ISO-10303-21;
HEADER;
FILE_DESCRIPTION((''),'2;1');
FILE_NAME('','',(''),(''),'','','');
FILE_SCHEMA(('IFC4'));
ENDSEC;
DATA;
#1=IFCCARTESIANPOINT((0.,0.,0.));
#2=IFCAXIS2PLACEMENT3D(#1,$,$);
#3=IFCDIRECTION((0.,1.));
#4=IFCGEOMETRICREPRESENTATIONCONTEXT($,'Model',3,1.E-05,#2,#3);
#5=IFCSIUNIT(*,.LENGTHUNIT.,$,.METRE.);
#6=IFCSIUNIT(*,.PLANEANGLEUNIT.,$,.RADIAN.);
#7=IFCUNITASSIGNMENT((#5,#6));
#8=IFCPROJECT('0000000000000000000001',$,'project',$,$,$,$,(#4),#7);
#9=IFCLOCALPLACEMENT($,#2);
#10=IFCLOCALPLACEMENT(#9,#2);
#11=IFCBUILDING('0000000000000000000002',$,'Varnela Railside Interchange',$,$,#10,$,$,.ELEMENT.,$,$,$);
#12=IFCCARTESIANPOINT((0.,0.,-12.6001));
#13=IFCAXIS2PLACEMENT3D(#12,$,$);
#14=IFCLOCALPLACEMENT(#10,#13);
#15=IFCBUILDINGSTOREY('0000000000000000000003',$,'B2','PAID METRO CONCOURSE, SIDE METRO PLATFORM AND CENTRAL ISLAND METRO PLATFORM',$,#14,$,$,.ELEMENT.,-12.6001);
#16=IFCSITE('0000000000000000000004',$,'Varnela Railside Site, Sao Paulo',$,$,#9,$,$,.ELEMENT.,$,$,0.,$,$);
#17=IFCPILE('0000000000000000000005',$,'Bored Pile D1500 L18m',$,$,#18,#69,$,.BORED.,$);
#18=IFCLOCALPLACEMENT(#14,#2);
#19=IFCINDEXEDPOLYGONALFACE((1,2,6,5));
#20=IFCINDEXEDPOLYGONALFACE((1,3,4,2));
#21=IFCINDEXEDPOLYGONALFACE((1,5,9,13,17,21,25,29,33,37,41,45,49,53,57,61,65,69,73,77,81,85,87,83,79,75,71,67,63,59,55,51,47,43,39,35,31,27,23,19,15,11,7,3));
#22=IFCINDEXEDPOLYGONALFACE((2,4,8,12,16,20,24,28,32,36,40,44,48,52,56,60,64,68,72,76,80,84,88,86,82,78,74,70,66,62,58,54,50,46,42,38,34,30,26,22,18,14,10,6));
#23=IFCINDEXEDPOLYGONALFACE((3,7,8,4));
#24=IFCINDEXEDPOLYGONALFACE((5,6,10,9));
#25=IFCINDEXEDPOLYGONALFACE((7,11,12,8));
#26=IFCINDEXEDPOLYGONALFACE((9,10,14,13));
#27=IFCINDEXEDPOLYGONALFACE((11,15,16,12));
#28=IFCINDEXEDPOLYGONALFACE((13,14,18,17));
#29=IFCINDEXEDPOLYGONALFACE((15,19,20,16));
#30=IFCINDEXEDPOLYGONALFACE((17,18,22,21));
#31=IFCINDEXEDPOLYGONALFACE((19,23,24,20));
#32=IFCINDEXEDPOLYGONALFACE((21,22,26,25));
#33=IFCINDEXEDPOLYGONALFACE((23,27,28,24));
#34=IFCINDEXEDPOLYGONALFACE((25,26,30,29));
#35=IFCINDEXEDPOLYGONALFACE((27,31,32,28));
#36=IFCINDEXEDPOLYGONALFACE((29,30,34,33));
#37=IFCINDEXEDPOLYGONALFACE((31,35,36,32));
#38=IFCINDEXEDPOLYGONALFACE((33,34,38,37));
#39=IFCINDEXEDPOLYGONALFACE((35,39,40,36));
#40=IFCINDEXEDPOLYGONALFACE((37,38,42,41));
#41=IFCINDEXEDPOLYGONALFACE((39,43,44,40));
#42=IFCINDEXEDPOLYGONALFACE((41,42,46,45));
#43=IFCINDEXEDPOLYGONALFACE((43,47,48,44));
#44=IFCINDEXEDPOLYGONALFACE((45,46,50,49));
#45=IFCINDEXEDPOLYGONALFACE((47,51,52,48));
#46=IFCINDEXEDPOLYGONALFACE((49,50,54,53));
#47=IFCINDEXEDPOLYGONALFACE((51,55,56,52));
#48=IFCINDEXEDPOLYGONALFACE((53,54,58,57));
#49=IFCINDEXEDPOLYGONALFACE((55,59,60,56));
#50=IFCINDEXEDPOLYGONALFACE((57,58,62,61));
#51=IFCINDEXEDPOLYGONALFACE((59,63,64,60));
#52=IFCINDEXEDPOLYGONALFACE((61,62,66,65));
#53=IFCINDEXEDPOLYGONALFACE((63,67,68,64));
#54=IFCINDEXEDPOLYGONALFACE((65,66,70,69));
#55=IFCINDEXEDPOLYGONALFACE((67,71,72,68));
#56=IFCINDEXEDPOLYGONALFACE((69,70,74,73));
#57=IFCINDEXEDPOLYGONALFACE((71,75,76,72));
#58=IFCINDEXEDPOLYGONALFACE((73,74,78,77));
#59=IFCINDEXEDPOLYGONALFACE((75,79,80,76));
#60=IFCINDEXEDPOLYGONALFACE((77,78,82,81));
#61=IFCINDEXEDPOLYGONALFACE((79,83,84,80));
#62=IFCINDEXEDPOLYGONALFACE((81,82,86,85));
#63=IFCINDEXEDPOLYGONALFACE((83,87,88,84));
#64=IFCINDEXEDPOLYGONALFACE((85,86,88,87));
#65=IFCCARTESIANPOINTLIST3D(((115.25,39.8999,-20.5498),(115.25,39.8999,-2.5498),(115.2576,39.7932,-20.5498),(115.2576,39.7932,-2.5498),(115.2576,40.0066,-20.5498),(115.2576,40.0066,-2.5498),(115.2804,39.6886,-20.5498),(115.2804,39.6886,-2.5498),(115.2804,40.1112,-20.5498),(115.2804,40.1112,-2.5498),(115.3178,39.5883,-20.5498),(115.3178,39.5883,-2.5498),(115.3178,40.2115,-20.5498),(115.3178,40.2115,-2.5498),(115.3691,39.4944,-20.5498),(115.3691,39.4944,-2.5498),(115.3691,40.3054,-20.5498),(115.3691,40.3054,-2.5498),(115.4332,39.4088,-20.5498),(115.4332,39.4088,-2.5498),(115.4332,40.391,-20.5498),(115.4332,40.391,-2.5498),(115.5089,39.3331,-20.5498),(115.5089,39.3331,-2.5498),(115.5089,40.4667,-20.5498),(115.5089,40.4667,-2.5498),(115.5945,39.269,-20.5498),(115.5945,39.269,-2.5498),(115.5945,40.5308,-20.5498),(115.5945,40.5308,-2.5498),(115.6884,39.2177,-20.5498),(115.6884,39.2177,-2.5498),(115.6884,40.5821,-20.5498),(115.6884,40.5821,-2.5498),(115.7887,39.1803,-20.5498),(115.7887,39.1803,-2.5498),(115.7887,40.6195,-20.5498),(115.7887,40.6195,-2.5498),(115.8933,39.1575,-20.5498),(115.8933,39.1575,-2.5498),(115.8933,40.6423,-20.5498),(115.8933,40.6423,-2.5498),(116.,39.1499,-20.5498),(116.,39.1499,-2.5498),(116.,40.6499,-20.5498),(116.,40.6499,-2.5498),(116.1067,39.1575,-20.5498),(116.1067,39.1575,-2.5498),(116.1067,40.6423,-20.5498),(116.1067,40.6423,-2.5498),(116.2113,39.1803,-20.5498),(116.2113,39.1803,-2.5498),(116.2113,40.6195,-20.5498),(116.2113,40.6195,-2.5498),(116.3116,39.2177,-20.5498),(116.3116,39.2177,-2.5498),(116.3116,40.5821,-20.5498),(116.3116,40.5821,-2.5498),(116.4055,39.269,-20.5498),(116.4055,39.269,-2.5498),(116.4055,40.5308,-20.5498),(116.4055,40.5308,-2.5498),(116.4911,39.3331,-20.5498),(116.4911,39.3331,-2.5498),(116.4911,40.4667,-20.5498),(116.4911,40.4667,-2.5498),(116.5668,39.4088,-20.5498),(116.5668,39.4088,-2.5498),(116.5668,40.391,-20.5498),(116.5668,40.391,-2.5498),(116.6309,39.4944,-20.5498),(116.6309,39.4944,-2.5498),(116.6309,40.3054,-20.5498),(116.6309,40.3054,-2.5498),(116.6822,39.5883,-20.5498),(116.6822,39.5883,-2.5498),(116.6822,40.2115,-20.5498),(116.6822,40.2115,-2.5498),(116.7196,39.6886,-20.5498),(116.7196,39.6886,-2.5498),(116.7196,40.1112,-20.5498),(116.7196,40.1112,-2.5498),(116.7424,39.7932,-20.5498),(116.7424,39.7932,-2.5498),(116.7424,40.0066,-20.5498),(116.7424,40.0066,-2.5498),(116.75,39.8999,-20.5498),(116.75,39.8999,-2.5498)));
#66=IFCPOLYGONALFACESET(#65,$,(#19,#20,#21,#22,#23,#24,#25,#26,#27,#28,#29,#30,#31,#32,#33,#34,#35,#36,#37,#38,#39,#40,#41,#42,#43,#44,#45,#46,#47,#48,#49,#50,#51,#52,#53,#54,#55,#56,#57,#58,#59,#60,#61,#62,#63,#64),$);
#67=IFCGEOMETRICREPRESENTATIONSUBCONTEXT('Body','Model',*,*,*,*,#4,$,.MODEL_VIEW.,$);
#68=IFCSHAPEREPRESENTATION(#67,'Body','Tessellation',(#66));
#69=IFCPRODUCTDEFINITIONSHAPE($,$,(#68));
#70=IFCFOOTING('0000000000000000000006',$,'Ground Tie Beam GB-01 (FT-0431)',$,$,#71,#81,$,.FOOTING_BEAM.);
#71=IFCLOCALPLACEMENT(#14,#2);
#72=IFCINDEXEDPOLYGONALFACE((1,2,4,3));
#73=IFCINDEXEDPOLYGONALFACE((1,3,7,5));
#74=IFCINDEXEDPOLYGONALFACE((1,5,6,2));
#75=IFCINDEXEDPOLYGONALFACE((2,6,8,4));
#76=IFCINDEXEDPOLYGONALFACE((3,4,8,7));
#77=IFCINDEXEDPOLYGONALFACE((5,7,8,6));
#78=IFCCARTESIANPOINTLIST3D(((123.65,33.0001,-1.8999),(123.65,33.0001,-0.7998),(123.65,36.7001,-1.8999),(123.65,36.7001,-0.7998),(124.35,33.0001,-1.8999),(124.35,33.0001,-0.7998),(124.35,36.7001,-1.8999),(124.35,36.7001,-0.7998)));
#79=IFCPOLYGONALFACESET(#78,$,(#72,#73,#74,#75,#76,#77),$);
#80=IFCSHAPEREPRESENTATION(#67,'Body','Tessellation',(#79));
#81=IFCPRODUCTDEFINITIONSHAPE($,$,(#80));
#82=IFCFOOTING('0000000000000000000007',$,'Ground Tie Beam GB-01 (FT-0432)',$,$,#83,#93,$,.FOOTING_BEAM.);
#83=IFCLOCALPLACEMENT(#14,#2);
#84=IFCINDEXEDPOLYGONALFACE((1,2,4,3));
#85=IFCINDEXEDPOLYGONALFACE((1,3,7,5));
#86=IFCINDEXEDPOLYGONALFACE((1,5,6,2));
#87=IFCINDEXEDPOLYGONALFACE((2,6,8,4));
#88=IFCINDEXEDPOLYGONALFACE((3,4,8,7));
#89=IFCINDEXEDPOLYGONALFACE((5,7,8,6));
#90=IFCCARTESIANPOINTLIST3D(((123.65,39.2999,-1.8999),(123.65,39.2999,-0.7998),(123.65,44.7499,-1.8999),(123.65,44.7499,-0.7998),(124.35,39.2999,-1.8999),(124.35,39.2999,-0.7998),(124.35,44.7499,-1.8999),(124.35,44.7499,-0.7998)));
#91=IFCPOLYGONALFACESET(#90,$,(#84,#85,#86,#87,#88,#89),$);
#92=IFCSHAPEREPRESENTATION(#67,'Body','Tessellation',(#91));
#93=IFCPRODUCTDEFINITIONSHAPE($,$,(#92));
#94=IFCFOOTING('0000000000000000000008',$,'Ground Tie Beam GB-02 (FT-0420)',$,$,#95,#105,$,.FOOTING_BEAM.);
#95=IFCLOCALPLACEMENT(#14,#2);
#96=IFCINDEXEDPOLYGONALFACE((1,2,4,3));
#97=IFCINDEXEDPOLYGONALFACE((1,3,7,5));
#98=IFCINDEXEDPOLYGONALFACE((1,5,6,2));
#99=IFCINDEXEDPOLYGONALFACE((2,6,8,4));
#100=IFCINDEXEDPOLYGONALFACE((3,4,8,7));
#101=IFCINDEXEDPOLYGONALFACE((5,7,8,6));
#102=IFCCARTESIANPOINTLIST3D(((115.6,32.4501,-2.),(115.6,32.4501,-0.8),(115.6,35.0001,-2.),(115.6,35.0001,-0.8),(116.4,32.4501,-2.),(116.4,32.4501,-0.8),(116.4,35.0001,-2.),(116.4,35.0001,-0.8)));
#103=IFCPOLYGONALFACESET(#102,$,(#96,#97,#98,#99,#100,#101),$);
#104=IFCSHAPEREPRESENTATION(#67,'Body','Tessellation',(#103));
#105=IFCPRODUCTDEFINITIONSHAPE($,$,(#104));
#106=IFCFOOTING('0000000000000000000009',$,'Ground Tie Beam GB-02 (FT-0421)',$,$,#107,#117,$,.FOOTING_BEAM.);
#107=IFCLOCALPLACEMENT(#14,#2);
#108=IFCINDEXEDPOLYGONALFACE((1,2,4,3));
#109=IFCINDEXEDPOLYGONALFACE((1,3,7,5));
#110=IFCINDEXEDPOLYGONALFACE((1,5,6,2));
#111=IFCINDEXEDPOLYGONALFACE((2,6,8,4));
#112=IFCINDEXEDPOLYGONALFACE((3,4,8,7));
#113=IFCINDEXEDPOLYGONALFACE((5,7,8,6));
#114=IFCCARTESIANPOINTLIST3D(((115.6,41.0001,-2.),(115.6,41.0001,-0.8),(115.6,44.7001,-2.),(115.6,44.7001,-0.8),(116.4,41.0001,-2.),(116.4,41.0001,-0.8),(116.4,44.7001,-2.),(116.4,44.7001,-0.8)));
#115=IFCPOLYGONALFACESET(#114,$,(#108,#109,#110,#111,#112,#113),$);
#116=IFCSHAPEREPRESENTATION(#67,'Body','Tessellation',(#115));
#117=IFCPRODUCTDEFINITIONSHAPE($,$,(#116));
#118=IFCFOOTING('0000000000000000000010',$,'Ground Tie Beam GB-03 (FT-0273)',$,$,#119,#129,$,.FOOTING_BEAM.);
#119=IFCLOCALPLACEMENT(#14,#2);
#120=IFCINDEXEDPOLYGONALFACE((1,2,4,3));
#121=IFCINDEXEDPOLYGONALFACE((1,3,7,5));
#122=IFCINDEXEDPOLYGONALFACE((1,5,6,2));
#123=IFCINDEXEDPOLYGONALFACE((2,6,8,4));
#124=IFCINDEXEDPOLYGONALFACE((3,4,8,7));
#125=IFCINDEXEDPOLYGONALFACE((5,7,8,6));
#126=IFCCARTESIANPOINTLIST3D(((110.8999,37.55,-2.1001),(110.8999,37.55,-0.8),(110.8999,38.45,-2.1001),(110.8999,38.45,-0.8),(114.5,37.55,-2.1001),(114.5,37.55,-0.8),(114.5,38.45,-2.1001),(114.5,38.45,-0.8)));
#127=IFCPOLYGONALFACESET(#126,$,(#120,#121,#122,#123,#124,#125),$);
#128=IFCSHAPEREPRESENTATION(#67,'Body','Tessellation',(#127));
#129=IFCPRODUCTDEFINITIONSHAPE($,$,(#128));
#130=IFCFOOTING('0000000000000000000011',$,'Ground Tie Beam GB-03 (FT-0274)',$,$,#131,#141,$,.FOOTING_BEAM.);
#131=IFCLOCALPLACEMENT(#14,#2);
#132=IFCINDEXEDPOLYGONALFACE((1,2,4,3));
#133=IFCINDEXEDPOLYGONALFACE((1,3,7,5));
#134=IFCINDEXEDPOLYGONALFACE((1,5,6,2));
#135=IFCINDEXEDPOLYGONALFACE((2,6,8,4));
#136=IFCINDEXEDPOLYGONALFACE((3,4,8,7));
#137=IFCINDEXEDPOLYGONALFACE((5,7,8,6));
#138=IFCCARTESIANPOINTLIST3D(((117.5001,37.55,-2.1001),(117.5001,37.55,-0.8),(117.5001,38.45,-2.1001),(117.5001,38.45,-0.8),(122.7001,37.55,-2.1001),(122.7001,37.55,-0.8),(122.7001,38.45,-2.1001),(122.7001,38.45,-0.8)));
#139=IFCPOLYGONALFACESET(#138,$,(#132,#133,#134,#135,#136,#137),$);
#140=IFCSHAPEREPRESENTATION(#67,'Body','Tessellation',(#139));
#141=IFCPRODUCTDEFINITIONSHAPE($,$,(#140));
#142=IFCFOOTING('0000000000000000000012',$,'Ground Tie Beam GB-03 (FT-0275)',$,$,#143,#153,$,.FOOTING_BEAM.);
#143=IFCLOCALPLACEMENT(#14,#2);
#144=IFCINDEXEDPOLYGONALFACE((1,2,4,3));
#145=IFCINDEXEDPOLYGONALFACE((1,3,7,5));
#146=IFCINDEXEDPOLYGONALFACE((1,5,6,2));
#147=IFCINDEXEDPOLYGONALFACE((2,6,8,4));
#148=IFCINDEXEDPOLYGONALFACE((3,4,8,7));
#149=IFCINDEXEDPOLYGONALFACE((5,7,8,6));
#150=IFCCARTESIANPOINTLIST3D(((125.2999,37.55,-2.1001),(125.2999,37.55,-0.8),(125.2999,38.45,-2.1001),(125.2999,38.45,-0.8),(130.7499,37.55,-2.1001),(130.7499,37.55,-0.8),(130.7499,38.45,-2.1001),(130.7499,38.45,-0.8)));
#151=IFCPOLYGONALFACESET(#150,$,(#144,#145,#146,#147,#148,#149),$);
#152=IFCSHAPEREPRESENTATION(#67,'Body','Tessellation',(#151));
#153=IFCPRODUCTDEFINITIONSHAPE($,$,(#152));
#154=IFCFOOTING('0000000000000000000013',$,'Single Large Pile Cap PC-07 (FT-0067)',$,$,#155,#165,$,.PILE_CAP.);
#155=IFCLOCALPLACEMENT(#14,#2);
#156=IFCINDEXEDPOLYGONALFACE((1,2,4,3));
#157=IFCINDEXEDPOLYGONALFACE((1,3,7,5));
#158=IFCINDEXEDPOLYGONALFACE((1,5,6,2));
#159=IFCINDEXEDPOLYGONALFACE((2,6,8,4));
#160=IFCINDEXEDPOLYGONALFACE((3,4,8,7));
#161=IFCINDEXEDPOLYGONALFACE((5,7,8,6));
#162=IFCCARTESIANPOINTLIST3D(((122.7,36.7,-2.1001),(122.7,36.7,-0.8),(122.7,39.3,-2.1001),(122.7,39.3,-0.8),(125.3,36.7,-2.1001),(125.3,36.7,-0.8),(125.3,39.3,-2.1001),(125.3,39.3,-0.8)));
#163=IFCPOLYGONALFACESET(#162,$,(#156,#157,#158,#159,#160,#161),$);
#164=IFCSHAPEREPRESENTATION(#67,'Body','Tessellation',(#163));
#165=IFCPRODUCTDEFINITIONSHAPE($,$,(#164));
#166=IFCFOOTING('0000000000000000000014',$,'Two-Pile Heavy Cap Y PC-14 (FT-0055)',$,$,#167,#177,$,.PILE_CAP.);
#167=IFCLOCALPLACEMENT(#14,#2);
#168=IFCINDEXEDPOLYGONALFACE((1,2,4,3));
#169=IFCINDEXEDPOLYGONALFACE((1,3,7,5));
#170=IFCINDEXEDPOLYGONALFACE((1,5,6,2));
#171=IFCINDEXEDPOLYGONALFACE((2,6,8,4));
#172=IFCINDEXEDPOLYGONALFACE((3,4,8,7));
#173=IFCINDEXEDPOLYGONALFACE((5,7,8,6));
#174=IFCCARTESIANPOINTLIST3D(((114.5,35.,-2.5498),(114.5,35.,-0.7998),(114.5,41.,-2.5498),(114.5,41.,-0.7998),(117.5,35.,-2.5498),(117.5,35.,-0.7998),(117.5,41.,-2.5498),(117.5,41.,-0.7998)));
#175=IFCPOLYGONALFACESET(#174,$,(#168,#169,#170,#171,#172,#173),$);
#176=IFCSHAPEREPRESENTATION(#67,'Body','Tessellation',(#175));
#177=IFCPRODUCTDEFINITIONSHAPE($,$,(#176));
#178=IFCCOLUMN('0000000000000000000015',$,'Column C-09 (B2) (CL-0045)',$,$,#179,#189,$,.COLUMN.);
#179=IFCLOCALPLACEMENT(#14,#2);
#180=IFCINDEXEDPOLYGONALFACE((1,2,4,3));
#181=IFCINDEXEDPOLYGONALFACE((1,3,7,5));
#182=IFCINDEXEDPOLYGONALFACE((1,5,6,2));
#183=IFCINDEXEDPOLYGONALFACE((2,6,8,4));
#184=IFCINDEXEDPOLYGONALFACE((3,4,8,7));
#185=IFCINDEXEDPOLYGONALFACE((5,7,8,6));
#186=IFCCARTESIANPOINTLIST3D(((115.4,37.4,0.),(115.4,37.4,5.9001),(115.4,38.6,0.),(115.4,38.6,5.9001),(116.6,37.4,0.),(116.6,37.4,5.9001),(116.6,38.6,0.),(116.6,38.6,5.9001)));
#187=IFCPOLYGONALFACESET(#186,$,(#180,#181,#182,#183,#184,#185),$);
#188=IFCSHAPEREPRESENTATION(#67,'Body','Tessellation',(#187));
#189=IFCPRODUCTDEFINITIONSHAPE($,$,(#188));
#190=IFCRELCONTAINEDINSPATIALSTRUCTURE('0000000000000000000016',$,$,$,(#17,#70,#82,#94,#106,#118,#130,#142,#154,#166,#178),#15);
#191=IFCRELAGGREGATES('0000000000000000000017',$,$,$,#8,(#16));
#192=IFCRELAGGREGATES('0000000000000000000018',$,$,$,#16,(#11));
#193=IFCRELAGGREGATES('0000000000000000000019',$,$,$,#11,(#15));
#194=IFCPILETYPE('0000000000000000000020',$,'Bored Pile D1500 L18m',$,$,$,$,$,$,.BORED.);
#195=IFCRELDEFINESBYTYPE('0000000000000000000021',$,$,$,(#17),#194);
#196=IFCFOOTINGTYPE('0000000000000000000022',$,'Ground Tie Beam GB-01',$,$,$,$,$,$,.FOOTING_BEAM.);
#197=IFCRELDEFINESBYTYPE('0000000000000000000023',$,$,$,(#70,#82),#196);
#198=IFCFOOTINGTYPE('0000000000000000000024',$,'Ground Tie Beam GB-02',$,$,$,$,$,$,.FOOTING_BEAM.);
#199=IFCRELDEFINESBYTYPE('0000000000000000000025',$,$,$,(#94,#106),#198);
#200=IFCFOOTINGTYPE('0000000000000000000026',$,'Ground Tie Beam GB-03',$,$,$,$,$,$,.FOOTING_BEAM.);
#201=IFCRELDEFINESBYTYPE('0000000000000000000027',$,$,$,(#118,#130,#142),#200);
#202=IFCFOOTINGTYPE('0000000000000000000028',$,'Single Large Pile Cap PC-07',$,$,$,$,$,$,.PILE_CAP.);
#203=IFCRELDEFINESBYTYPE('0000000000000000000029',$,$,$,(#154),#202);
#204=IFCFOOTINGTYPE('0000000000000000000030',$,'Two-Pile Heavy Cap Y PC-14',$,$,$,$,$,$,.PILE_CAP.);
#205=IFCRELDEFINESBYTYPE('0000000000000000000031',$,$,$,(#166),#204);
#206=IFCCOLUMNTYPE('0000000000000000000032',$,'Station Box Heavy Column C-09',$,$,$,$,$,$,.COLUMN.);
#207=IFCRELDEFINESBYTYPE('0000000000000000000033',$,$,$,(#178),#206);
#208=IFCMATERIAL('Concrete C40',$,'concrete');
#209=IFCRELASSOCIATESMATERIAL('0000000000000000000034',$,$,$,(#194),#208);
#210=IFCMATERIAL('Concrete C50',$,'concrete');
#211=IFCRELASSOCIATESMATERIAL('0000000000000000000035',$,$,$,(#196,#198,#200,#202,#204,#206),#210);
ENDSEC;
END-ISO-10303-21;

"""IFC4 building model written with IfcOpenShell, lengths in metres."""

from ifc_helpers import new_model, si_unit, direction, frame, origin, origin_2d, place, context, subcontext, project, spatial, rectangle, circle, extrude, material, material_profile, profile_set, type_object, element, save


model = new_model("IFC4")

# Units and contexts
model_context = context("Model", 3, precision=1e-05, world=origin(), true_north=direction((0.0, 1.0)))
body_context = subcontext(model_context, "Body", "Model", "MODEL_VIEW")
ifc_project = project(units=[si_unit("LENGTHUNIT", "METRE"), si_unit("PLANEANGLEUNIT", "RADIAN")], contexts=[model_context])

# Site, building, storey
site_placement = place(None, origin())
site = spatial("IfcSite", under=ifc_project, at=site_placement, Name="Varnela Railside Site, Sao Paulo", CompositionType="ELEMENT", RefElevation=0.0)
building_placement = place(site_placement, origin())
building = spatial("IfcBuilding", under=site, at=building_placement, Name="Varnela Railside Interchange", CompositionType="ELEMENT")
storey_placement = place(building_placement, frame((0.0, 0.0, -12.6001)))
storey = spatial("IfcBuildingStorey", under=building, at=storey_placement, Name="B2", Description="PAID METRO CONCOURSE, SIDE METRO PLATFORM AND CENTRAL ISLAND METRO PLATFORM", CompositionType="ELEMENT", Elevation=-12.6001)

# Pile
ifc_material_1 = material(Name="Concrete C40", Category="concrete")
ifc_material_profile_1 = material_profile(ifc_material_1, circle(Radius=0.75, at=origin_2d()), Name="BORED PILE D1500")
ifc_profile_set_1 = profile_set([ifc_material_profile_1], Name="Concrete C40")
pile_type_1 = type_object("IfcPileType", Name="Bored Pile D1500 L18m", PredefinedType="BORED", material=ifc_profile_set_1)
for number, where, z_axis, x_axis, name in (
    (1, (116.0, 39.8999, -2.5498), (0.0, 0.0, -1.0), (1.0, 0.0, 0.0), "Bored Pile D1500 L18m"),
):
    element("IfcPile", number, at=place(storey_placement, frame(where, z_axis=z_axis, x_axis=x_axis)), inside=storey, type_object=pile_type_1, Name=name, PredefinedType="BORED", context=body_context, shape_type="SweptSolid", body=[
        extrude(circle(Radius=0.75, at=origin_2d()), origin(), (0.0, 0.0, 1.0), 18.0),
    ])

# Footings
ifc_material_2 = material(Name="Concrete C50", Category="concrete")
footing_type_1 = type_object("IfcFootingType", Name="Ground Tie Beam GB-01", PredefinedType="FOOTING_BEAM", material=ifc_material_2)
footing_1_placement = place(storey_placement, frame((124.0, 34.8501, -1.8999), z_axis=(0.0, 0.0, 1.0), x_axis=(1.0, 0.0, 0.0)))
element("IfcFooting", 2, at=footing_1_placement, inside=storey, type_object=footing_type_1, Name="Ground Tie Beam GB-01 (FT-0431)", PredefinedType="FOOTING_BEAM", context=body_context, shape_type="SweptSolid", body=[
    extrude(rectangle(XDim=0.7, YDim=3.7, at=origin_2d()), origin(), (0.0, 0.0, 1.0), 1.1001),
])
footing_2_placement = place(storey_placement, frame((124.0, 42.0249, -1.8999), z_axis=(0.0, 0.0, 1.0), x_axis=(1.0, 0.0, 0.0)))
element("IfcFooting", 3, at=footing_2_placement, inside=storey, type_object=footing_type_1, Name="Ground Tie Beam GB-01 (FT-0432)", PredefinedType="FOOTING_BEAM", context=body_context, shape_type="SweptSolid", body=[
    extrude(rectangle(XDim=0.7, YDim=5.45, at=origin_2d()), origin(), (0.0, 0.0, 1.0), 1.1001),
])
footing_type_2 = type_object("IfcFootingType", Name="Ground Tie Beam GB-02", PredefinedType="FOOTING_BEAM", material=ifc_material_2)
footing_3_placement = place(storey_placement, frame((116.0, 33.7251, -2.0), z_axis=(0.0, 0.0, 1.0), x_axis=(1.0, 0.0, 0.0)))
element("IfcFooting", 4, at=footing_3_placement, inside=storey, type_object=footing_type_2, Name="Ground Tie Beam GB-02 (FT-0420)", PredefinedType="FOOTING_BEAM", context=body_context, shape_type="SweptSolid", body=[
    extrude(rectangle(XDim=0.8, YDim=2.55, at=origin_2d()), origin(), (0.0, 0.0, 1.0), 1.2),
])
footing_4_placement = place(storey_placement, frame((116.0, 42.8501, -2.0), z_axis=(0.0, 0.0, 1.0), x_axis=(1.0, 0.0, 0.0)))
element("IfcFooting", 5, at=footing_4_placement, inside=storey, type_object=footing_type_2, Name="Ground Tie Beam GB-02 (FT-0421)", PredefinedType="FOOTING_BEAM", context=body_context, shape_type="SweptSolid", body=[
    extrude(rectangle(XDim=0.8, YDim=3.7, at=origin_2d()), origin(), (0.0, 0.0, 1.0), 1.2),
])
footing_type_3 = type_object("IfcFootingType", Name="Ground Tie Beam GB-03", PredefinedType="FOOTING_BEAM", material=ifc_material_2)
footing_5_placement = place(storey_placement, frame((112.7, 38.0, -2.1001), z_axis=(0.0, 0.0, 1.0), x_axis=(1.0, 0.0, 0.0)))
element("IfcFooting", 6, at=footing_5_placement, inside=storey, type_object=footing_type_3, Name="Ground Tie Beam GB-03 (FT-0273)", PredefinedType="FOOTING_BEAM", context=body_context, shape_type="SweptSolid", body=[
    extrude(rectangle(XDim=3.6001, YDim=0.8999, at=origin_2d()), origin(), (0.0, 0.0, 1.0), 1.3),
])
footing_6_placement = place(storey_placement, frame((120.1001, 38.0, -2.1001), z_axis=(0.0, 0.0, 1.0), x_axis=(1.0, 0.0, 0.0)))
element("IfcFooting", 7, at=footing_6_placement, inside=storey, type_object=footing_type_3, Name="Ground Tie Beam GB-03 (FT-0274)", PredefinedType="FOOTING_BEAM", context=body_context, shape_type="SweptSolid", body=[
    extrude(rectangle(XDim=5.2, YDim=0.8999, at=origin_2d()), origin(), (0.0, 0.0, 1.0), 1.3),
])
footing_7_placement = place(storey_placement, frame((128.0249, 38.0, -2.1001), z_axis=(0.0, 0.0, 1.0), x_axis=(1.0, 0.0, 0.0)))
element("IfcFooting", 8, at=footing_7_placement, inside=storey, type_object=footing_type_3, Name="Ground Tie Beam GB-03 (FT-0275)", PredefinedType="FOOTING_BEAM", context=body_context, shape_type="SweptSolid", body=[
    extrude(rectangle(XDim=5.45, YDim=0.8999, at=origin_2d()), origin(), (0.0, 0.0, 1.0), 1.3),
])
footing_type_4 = type_object("IfcFootingType", Name="Single Large Pile Cap PC-07", PredefinedType="PILE_CAP", material=ifc_material_2)
footing_8_placement = place(storey_placement, frame((124.0, 38.0, -2.1001), z_axis=(0.0, 0.0, 1.0), x_axis=(1.0, 0.0, 0.0)))
element("IfcFooting", 9, at=footing_8_placement, inside=storey, type_object=footing_type_4, Name="Single Large Pile Cap PC-07 (FT-0067)", PredefinedType="PILE_CAP", context=body_context, shape_type="SweptSolid", body=[
    extrude(rectangle(XDim=2.6001, YDim=2.6001, at=origin_2d()), origin(), (0.0, 0.0, 1.0), 1.3),
])
footing_type_5 = type_object("IfcFootingType", Name="Two-Pile Heavy Cap Y PC-14", PredefinedType="PILE_CAP", material=ifc_material_2)
footing_9_placement = place(storey_placement, frame((116.0, 38.0, -2.5498), z_axis=(0.0, 0.0, 1.0), x_axis=(1.0, 0.0, 0.0)))
element("IfcFooting", 10, at=footing_9_placement, inside=storey, type_object=footing_type_5, Name="Two-Pile Heavy Cap Y PC-14 (FT-0055)", PredefinedType="PILE_CAP", context=body_context, shape_type="SweptSolid", body=[
    extrude(rectangle(XDim=3.0, YDim=6.0, at=origin_2d()), origin(), (0.0, 0.0, 1.0), 1.75),
])

# Column
ifc_material_profile_2 = material_profile(ifc_material_2, rectangle(XDim=1.2, YDim=1.2, at=origin_2d()), Name="RC 1200x1200")
ifc_profile_set_2 = profile_set([ifc_material_profile_2], Name="Concrete C50")
column_type_1 = type_object("IfcColumnType", Name="Station Box Heavy Column C-09", PredefinedType="COLUMN", material=ifc_profile_set_2)
column_1_placement = place(storey_placement, frame((116.0, 38.0, 0.0), z_axis=(0.0, 0.0, 1.0), x_axis=(1.0, 0.0, 0.0)))
element("IfcColumn", 11, at=column_1_placement, inside=storey, type_object=column_type_1, Name="Column C-09 (B2) (CL-0045)", PredefinedType="COLUMN", context=body_context, shape_type="SweptSolid", body=[
    extrude(rectangle(XDim=1.2, YDim=1.2, at=origin_2d()), origin(), (0.0, 0.0, 1.0), 5.9001),
])

save(model, "model.ifc")
